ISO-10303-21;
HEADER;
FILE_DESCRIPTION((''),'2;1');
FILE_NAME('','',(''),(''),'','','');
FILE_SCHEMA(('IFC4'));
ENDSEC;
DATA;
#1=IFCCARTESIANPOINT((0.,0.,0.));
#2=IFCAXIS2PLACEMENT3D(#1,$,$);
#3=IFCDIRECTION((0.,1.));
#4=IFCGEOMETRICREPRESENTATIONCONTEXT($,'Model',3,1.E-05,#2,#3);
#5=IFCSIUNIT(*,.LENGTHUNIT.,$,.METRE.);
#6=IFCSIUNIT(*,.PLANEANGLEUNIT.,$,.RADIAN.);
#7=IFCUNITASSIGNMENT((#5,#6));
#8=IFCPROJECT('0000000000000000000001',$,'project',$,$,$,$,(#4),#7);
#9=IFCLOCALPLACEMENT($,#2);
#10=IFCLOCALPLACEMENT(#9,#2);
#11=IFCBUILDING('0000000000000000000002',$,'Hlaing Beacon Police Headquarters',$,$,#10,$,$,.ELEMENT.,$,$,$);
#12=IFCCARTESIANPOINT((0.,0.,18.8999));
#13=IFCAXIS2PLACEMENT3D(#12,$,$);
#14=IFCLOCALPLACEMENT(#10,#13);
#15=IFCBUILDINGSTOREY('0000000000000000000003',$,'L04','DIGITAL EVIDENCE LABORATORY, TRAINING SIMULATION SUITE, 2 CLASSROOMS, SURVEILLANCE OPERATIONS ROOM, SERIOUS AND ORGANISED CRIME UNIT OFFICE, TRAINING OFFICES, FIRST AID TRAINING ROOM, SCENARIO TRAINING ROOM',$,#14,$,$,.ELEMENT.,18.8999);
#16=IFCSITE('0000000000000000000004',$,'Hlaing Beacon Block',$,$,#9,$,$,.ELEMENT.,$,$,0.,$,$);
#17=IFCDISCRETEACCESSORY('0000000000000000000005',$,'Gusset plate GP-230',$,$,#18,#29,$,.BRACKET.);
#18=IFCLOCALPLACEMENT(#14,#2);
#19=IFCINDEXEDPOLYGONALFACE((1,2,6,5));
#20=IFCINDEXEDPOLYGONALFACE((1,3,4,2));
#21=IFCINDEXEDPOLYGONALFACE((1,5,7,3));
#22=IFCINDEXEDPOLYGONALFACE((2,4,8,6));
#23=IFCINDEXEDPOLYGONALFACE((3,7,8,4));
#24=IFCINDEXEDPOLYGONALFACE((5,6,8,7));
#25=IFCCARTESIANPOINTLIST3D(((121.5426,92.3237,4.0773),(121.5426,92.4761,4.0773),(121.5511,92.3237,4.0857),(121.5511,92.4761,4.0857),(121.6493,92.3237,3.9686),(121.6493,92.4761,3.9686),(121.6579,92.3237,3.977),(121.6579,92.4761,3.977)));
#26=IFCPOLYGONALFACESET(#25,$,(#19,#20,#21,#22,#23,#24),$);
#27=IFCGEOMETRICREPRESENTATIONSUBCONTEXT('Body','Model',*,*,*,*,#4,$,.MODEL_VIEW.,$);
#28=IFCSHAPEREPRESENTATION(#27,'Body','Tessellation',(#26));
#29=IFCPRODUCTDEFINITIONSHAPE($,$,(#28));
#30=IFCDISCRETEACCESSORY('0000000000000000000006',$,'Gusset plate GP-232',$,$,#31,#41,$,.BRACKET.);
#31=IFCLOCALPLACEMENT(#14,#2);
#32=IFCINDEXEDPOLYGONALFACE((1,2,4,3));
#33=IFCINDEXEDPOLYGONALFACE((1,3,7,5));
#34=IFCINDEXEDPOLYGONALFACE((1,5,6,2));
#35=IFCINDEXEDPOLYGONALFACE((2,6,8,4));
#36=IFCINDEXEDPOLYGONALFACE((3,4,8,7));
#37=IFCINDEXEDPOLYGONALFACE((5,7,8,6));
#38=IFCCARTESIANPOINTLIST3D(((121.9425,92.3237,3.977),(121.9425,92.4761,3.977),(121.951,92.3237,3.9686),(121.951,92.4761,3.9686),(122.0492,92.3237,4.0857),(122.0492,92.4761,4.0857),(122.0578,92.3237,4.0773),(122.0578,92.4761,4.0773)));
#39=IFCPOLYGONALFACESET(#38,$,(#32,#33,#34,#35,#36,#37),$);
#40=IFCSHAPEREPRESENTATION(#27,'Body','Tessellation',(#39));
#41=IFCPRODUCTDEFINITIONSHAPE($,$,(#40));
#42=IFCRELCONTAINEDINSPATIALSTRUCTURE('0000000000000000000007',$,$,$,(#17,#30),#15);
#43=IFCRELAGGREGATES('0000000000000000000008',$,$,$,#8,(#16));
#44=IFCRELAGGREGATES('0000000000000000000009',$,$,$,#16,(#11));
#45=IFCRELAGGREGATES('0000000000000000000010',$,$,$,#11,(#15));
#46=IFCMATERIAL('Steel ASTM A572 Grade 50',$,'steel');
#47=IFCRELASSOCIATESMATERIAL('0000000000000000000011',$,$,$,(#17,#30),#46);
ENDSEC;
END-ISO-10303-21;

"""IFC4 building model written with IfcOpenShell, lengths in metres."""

from ifc_helpers import new_model, si_unit, direction, frame, origin, origin_2d, place, context, subcontext, project, spatial, rectangle, extrude, material, element, save


model = new_model("IFC4")

# Units and contexts
model_context = context("Model", 3, precision=1e-05, world=origin(), true_north=direction((0.0, 1.0)))
body_context = subcontext(model_context, "Body", "Model", "MODEL_VIEW")
ifc_project = project(units=[si_unit("LENGTHUNIT", "METRE"), si_unit("PLANEANGLEUNIT", "RADIAN")], contexts=[model_context])

# Site, building, storey
site_placement = place(None, origin())
site = spatial("IfcSite", under=ifc_project, at=site_placement, Name="Hlaing Beacon Block", CompositionType="ELEMENT", RefElevation=0.0)
building_placement = place(site_placement, origin())
building = spatial("IfcBuilding", under=site, at=building_placement, Name="Hlaing Beacon Police Headquarters", CompositionType="ELEMENT")
storey_placement = place(building_placement, frame((0.0, 0.0, 18.8999)))
storey = spatial("IfcBuildingStorey", under=building, at=storey_placement, Name="L04", Description="DIGITAL EVIDENCE LABORATORY, TRAINING SIMULATION SUITE, 2 CLASSROOMS, SURVEILLANCE OPERATIONS ROOM, SERIOUS AND ORGANISED CRIME UNIT OFFICE, TRAINING OFFICES, FIRST AID TRAINING ROOM, SCENARIO TRAINING ROOM", CompositionType="ELEMENT", Elevation=18.8999)

# Discrete accessories
ifc_material_1 = material(Name="Steel ASTM A572 Grade 50", Category="steel")
for number, where, z_axis, x_axis, name in (
    (1, (121.5959, 92.3999, 4.0229), (0.713451, 0.0, 0.700705), (0.0, 1.0, 0.0), "Gusset plate GP-230"),
    (2, (122.0044, 92.3999, 4.0229), (-0.71343, 0.0, 0.700727), (0.0, -1.0, 0.0), "Gusset plate GP-232"),
):
    element("IfcDiscreteAccessory", number, at=place(storey_placement, frame(where, z_axis=z_axis, x_axis=x_axis)), inside=storey, material=ifc_material_1, Name=name, PredefinedType="BRACKET", context=body_context, shape_type="SweptSolid", body=[
        extrude(rectangle(XDim=0.1523, YDim=0.1523, at=origin_2d()), origin(), (0.0, 0.0, 1.0), 0.012),
    ])

save(model, "model.ifc")
